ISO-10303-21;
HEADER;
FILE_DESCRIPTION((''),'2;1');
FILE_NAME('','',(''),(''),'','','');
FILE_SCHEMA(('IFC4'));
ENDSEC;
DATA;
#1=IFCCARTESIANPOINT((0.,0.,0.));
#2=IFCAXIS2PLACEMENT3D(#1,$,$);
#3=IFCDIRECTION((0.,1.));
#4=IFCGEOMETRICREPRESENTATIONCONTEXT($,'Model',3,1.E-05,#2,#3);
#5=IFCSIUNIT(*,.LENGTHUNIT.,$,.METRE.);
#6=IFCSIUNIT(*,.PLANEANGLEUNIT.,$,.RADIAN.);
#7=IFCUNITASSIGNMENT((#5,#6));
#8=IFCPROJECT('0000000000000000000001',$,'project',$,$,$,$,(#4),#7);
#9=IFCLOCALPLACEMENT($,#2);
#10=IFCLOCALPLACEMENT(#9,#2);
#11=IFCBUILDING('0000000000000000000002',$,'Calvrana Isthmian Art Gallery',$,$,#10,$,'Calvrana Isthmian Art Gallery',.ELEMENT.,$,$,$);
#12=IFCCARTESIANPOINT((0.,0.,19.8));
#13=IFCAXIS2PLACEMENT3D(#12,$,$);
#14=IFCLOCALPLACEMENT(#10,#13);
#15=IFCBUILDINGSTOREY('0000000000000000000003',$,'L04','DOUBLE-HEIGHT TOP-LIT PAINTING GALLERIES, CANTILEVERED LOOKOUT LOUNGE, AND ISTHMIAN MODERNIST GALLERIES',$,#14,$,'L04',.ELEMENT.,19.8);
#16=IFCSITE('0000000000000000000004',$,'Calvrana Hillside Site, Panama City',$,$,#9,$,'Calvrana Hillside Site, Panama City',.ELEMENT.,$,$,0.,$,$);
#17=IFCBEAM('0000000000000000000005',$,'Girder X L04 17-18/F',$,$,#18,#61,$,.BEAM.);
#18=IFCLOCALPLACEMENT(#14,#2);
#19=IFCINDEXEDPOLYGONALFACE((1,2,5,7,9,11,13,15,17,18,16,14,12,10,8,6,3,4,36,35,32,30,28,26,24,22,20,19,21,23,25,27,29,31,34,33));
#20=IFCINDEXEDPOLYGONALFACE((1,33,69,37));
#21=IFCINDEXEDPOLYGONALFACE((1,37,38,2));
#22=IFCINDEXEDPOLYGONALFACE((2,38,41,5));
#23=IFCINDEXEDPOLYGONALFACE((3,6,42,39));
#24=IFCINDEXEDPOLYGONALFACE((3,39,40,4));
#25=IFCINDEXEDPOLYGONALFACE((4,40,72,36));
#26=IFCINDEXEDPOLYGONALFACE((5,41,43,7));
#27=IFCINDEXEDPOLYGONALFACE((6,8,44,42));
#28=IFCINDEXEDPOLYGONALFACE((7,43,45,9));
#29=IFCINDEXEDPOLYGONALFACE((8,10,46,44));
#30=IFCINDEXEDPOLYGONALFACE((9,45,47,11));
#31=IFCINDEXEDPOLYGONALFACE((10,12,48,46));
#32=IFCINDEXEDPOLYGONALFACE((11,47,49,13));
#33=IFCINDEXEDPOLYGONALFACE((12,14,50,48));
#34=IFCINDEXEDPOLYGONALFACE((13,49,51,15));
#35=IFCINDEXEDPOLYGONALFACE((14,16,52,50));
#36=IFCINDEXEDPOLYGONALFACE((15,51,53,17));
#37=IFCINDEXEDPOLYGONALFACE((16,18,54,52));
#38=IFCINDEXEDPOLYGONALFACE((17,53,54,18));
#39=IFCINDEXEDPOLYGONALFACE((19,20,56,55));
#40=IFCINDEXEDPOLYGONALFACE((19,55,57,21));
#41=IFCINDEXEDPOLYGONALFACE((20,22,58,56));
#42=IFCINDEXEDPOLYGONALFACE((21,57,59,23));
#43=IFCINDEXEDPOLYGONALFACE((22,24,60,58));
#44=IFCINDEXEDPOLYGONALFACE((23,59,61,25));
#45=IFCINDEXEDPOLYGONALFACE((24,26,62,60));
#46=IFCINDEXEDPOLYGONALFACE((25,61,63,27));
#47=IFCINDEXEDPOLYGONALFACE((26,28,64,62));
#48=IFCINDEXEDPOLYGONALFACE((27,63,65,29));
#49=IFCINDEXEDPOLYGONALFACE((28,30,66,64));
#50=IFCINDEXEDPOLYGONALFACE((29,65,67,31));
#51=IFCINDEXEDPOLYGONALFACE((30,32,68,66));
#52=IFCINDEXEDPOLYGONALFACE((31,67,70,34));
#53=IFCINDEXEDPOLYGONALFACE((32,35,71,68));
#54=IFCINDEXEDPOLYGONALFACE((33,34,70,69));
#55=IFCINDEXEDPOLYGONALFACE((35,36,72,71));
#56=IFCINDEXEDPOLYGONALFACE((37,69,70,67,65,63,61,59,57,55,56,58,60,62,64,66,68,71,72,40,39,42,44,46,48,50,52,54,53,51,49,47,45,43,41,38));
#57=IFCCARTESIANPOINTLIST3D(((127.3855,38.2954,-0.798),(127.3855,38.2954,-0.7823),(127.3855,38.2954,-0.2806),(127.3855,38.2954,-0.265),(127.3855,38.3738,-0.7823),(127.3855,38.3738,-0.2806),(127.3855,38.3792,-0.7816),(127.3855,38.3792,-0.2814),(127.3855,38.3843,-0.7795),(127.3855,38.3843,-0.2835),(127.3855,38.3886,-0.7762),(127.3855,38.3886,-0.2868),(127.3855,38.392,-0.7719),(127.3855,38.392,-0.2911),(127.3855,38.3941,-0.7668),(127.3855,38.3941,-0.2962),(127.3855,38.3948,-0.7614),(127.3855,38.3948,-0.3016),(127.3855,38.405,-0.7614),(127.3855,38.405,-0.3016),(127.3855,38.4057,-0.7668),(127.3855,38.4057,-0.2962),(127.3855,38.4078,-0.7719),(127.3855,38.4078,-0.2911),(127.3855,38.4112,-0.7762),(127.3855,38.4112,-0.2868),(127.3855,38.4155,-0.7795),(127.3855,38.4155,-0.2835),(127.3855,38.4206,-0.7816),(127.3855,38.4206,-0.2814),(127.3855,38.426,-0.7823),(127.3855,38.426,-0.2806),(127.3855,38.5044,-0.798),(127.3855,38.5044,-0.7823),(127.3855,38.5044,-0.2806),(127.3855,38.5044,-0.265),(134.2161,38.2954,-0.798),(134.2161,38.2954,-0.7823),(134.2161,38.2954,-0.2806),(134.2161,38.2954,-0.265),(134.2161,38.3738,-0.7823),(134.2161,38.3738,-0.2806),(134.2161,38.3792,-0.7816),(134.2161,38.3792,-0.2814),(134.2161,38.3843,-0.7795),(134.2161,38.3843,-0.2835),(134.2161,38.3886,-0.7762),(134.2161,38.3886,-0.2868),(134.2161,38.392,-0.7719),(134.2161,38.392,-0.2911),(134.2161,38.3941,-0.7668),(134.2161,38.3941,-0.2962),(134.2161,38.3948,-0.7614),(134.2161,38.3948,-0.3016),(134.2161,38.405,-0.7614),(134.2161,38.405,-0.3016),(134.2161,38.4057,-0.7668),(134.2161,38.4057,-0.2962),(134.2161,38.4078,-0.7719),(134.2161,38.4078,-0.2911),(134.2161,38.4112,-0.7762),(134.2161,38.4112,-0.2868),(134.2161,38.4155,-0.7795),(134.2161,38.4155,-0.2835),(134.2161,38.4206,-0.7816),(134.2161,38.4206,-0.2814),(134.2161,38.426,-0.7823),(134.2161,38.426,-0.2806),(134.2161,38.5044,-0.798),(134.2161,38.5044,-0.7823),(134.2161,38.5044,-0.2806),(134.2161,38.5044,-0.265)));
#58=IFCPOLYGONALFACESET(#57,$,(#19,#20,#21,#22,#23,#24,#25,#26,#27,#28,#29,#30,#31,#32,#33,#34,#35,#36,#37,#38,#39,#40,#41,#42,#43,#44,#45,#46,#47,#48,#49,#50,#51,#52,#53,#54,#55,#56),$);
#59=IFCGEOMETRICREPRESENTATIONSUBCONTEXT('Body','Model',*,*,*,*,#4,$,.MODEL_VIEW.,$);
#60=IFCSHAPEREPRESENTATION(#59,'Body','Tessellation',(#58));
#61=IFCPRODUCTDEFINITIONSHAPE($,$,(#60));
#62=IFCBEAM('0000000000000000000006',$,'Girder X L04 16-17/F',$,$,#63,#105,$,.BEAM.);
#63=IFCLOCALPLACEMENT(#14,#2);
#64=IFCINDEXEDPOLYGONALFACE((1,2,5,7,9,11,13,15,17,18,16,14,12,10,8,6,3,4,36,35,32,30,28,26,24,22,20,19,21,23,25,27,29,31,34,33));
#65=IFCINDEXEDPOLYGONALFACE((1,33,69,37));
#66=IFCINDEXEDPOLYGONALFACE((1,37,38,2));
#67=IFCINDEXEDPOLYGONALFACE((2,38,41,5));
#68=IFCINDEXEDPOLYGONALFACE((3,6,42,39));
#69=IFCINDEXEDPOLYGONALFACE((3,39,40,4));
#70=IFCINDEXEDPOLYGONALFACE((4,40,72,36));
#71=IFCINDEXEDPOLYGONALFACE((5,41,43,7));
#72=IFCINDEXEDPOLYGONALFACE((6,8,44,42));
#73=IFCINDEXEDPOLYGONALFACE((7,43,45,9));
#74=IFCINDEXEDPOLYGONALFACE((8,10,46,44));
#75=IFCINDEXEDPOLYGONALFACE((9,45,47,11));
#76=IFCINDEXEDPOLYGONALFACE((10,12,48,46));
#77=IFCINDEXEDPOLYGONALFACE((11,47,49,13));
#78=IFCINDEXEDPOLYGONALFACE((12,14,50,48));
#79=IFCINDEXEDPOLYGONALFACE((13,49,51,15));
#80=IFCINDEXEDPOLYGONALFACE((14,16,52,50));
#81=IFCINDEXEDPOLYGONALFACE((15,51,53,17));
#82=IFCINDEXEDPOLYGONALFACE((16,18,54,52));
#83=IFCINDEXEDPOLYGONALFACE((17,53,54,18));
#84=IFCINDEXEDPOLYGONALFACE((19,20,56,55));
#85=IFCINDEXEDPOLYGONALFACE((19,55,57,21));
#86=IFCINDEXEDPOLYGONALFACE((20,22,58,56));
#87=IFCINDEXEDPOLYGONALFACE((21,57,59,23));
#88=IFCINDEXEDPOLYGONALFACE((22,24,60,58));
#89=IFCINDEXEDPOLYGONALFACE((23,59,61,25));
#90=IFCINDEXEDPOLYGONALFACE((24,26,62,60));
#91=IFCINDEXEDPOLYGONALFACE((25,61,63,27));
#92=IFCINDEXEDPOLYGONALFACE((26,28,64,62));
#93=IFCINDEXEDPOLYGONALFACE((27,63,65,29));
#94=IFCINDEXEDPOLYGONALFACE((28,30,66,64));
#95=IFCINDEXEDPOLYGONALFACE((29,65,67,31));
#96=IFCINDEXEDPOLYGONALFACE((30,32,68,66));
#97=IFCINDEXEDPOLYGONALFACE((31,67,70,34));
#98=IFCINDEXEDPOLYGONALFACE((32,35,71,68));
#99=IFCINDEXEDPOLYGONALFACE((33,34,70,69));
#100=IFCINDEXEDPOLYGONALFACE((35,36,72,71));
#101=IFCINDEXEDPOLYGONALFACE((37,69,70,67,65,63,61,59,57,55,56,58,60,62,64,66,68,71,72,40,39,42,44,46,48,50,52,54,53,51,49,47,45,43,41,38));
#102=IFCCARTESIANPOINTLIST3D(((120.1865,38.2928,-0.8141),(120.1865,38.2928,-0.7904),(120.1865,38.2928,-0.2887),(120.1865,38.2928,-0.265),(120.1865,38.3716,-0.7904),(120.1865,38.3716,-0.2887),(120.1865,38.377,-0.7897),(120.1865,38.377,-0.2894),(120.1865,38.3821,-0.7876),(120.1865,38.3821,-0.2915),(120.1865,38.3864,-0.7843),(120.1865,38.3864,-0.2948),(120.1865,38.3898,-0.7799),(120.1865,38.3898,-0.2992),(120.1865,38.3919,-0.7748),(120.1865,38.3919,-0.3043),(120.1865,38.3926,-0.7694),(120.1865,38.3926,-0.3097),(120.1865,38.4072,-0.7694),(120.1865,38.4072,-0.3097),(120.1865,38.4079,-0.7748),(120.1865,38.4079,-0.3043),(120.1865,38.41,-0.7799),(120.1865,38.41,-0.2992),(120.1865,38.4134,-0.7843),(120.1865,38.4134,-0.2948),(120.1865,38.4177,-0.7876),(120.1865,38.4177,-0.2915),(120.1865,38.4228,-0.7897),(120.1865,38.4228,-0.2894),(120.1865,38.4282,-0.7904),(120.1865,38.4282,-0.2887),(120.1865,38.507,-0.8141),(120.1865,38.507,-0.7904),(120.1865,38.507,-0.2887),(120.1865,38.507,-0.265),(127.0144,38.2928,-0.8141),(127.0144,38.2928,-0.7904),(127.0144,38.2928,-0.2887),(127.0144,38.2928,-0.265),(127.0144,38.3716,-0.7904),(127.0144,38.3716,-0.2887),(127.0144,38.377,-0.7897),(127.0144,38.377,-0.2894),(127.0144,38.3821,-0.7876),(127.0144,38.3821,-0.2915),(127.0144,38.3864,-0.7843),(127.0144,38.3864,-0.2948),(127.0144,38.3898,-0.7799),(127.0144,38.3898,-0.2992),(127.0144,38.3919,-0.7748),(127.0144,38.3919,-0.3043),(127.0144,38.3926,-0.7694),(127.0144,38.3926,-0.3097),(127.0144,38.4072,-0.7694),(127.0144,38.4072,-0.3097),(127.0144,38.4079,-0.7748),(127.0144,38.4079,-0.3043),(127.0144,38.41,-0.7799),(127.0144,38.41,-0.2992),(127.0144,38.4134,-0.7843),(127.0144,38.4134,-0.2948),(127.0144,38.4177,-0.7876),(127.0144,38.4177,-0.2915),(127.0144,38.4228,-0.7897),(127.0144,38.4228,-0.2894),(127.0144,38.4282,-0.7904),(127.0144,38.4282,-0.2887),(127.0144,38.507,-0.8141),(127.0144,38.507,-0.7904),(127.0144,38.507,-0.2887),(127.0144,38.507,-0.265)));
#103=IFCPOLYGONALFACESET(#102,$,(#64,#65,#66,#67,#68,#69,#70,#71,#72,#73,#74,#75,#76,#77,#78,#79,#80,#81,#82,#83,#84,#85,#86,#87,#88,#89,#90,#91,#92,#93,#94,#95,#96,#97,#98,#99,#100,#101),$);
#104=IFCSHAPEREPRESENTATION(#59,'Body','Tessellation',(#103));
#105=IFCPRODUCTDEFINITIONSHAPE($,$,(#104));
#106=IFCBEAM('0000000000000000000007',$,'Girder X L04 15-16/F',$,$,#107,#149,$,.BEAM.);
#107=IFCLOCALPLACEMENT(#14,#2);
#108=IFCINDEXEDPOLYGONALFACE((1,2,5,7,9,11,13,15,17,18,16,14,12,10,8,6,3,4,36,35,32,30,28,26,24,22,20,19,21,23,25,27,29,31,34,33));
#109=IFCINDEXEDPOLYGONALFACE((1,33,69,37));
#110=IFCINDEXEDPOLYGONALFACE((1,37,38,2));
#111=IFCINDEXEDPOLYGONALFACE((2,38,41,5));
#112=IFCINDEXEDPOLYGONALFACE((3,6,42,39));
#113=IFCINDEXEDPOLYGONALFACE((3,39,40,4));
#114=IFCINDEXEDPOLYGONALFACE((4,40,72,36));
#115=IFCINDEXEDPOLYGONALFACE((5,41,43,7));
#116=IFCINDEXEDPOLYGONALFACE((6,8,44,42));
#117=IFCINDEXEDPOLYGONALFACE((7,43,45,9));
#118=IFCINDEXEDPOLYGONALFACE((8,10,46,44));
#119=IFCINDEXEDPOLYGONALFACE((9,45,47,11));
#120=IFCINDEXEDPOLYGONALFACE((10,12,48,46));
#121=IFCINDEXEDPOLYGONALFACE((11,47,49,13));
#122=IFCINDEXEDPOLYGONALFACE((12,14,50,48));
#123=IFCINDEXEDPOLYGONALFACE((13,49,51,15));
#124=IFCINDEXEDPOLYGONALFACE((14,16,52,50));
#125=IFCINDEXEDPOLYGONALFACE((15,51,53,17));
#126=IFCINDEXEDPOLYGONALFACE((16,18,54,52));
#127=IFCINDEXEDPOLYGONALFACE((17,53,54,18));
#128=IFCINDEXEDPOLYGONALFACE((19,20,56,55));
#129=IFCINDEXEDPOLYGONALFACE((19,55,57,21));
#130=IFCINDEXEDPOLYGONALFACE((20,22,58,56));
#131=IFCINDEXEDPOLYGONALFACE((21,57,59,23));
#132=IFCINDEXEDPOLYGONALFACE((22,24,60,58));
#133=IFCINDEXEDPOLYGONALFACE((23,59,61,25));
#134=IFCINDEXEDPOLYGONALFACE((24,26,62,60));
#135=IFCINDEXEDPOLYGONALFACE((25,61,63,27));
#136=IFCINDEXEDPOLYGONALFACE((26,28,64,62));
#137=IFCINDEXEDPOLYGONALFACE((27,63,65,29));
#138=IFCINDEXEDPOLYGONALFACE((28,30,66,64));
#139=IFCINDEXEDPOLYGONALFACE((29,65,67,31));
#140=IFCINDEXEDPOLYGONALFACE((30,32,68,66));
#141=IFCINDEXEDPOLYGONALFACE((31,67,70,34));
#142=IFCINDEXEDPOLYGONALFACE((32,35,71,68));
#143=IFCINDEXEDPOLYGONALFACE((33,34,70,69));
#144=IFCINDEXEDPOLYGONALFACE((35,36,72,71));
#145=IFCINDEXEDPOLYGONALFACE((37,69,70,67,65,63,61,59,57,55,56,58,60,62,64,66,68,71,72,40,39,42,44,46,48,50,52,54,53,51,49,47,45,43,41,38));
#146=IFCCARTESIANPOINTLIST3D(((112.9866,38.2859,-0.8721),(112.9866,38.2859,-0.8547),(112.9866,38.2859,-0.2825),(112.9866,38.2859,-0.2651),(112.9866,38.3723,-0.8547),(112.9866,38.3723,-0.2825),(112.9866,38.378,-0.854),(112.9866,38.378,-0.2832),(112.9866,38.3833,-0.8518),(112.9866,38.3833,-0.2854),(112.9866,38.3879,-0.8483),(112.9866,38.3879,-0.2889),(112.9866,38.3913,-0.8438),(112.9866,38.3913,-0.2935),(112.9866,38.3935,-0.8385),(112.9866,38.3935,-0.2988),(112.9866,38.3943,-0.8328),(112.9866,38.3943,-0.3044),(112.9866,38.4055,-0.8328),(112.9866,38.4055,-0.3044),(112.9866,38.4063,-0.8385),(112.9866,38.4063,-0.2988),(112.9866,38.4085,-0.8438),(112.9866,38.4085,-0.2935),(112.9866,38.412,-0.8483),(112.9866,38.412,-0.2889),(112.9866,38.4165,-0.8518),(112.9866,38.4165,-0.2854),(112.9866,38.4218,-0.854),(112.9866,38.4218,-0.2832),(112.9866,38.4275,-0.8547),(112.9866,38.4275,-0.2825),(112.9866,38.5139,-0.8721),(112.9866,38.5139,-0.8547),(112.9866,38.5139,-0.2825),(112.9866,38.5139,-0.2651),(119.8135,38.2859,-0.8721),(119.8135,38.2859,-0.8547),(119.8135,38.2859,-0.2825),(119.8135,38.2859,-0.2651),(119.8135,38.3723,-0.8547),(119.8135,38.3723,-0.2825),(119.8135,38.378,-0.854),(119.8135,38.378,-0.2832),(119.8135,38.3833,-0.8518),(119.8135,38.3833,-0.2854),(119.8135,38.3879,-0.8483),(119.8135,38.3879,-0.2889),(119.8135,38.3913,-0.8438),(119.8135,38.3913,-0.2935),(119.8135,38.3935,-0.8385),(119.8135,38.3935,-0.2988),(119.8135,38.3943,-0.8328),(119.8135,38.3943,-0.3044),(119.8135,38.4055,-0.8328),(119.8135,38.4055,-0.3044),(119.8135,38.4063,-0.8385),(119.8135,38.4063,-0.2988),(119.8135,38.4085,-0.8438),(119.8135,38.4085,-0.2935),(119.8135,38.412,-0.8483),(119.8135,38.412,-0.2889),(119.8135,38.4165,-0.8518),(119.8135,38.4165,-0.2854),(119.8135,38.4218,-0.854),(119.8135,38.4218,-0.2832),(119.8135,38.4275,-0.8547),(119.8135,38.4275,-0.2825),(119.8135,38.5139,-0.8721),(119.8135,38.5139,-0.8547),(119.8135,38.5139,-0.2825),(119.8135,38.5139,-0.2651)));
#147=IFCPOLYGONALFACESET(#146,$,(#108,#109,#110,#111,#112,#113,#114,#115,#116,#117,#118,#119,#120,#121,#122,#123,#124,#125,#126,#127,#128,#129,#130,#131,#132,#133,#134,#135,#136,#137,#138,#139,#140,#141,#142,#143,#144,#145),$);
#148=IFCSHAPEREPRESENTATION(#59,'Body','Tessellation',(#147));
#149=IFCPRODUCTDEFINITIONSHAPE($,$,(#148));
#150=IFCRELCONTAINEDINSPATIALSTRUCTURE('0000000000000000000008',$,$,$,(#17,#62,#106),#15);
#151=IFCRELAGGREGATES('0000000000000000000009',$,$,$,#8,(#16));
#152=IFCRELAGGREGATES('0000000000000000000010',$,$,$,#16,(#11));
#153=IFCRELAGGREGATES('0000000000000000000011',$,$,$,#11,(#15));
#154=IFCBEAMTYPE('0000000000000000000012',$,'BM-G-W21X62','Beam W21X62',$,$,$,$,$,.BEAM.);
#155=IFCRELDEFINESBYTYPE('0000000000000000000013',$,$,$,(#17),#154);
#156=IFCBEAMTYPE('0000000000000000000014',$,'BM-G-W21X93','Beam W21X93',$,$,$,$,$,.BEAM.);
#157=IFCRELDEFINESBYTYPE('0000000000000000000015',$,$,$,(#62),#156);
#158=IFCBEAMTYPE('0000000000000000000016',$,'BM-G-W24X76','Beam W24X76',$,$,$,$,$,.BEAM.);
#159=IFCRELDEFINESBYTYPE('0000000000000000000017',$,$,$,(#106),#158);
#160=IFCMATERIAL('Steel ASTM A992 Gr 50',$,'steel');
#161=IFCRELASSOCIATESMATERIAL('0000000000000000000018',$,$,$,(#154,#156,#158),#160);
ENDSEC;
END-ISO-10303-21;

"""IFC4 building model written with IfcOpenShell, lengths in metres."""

from ifc_helpers import new_model, si_unit, direction, frame, origin, origin_2d, place, context, subcontext, project, spatial, i_section, extrude, material, material_profile, profile_set, type_object, element, save


model = new_model("IFC4")

# Units and contexts
model_context = context("Model", 3, precision=1e-05, world=origin(), true_north=direction((0.0, 1.0)))
body_context = subcontext(model_context, "Body", "Model", "MODEL_VIEW")
ifc_project = project(units=[si_unit("LENGTHUNIT", "METRE"), si_unit("PLANEANGLEUNIT", "RADIAN")], contexts=[model_context])

# Site, building, storey
site_placement = place(None, origin())
site = spatial("IfcSite", under=ifc_project, at=site_placement, Name="Calvrana Hillside Site, Panama City", LongName="Calvrana Hillside Site, Panama City", CompositionType="ELEMENT", RefElevation=0.0)
building_placement = place(site_placement, origin())
building = spatial("IfcBuilding", under=site, at=building_placement, Name="Calvrana Isthmian Art Gallery", LongName="Calvrana Isthmian Art Gallery", CompositionType="ELEMENT")
storey_placement = place(building_placement, frame((0.0, 0.0, 19.8)))
storey = spatial("IfcBuildingStorey", under=building, at=storey_placement, Name="L04", Description="DOUBLE-HEIGHT TOP-LIT PAINTING GALLERIES, CANTILEVERED LOOKOUT LOUNGE, AND ISTHMIAN MODERNIST GALLERIES", LongName="L04", CompositionType="ELEMENT", Elevation=19.8)

# Shared definitions
ifc_material_1 = material(Name="Steel ASTM A992 Gr 50", Category="steel")

# Beams
ifc_material_profile_1 = material_profile(ifc_material_1, i_section(OverallWidth=0.209, OverallDepth=0.533, WebThickness=0.0103, FlangeThickness=0.0156, FilletRadius=0.021, at=origin_2d()), Name="W21X62")
ifc_profile_set_1 = profile_set([ifc_material_profile_1], Name="Steel ASTM A992 Gr 50")
beam_type_1 = type_object("IfcBeamType", Name="BM-G-W21X62", Description="Beam W21X62", PredefinedType="BEAM", material=ifc_profile_set_1)
beam_1_placement = place(storey_placement, frame((127.3855, 38.3999, -0.5315), z_axis=(1.0, 0.0, 0.0), x_axis=(0.0, 1.0, 0.0)))
element("IfcBeam", 1, at=beam_1_placement, inside=storey, type_object=beam_type_1, Name="Girder X L04 17-18/F", PredefinedType="BEAM", context=body_context, shape_type="SweptSolid", body=[
    extrude(i_section(OverallWidth=0.209, OverallDepth=0.533, WebThickness=0.0103, FlangeThickness=0.0156, FilletRadius=0.021, at=origin_2d()), origin(), (0.0, 0.0, 1.0), 6.8306),
])
ifc_material_profile_2 = material_profile(ifc_material_1, i_section(OverallWidth=0.2141, OverallDepth=0.5491, WebThickness=0.0146, FlangeThickness=0.0237, FilletRadius=0.021, at=origin_2d()), Name="W21X93")
ifc_profile_set_2 = profile_set([ifc_material_profile_2], Name="Steel ASTM A992 Gr 50")
beam_type_2 = type_object("IfcBeamType", Name="BM-G-W21X93", Description="Beam W21X93", PredefinedType="BEAM", material=ifc_profile_set_2)
beam_2_placement = place(storey_placement, frame((120.1865, 38.3999, -0.5396), z_axis=(1.0, 0.0, 0.0), x_axis=(0.0, 1.0, 0.0)))
element("IfcBeam", 2, at=beam_2_placement, inside=storey, type_object=beam_type_2, Name="Girder X L04 16-17/F", PredefinedType="BEAM", context=body_context, shape_type="SweptSolid", body=[
    extrude(i_section(OverallWidth=0.2141, OverallDepth=0.5491, WebThickness=0.0146, FlangeThickness=0.0237, FilletRadius=0.021, at=origin_2d()), origin(), (0.0, 0.0, 1.0), 6.8279),
])
ifc_material_profile_3 = material_profile(ifc_material_1, i_section(OverallWidth=0.228, OverallDepth=0.6069, WebThickness=0.0112, FlangeThickness=0.0173, FilletRadius=0.022, at=origin_2d()), Name="W24X76")
ifc_profile_set_3 = profile_set([ifc_material_profile_3], Name="Steel ASTM A992 Gr 50")
beam_type_3 = type_object("IfcBeamType", Name="BM-G-W24X76", Description="Beam W24X76", PredefinedType="BEAM", material=ifc_profile_set_3)
beam_3_placement = place(storey_placement, frame((112.9866, 38.3999, -0.5686), z_axis=(1.0, 0.0, 0.0), x_axis=(0.0, 1.0, 0.0)))
element("IfcBeam", 3, at=beam_3_placement, inside=storey, type_object=beam_type_3, Name="Girder X L04 15-16/F", PredefinedType="BEAM", context=body_context, shape_type="SweptSolid", body=[
    extrude(i_section(OverallWidth=0.228, OverallDepth=0.6069, WebThickness=0.0112, FlangeThickness=0.0173, FilletRadius=0.022, at=origin_2d()), origin(), (0.0, 0.0, 1.0), 6.8269),
])

save(model, "model.ifc")
